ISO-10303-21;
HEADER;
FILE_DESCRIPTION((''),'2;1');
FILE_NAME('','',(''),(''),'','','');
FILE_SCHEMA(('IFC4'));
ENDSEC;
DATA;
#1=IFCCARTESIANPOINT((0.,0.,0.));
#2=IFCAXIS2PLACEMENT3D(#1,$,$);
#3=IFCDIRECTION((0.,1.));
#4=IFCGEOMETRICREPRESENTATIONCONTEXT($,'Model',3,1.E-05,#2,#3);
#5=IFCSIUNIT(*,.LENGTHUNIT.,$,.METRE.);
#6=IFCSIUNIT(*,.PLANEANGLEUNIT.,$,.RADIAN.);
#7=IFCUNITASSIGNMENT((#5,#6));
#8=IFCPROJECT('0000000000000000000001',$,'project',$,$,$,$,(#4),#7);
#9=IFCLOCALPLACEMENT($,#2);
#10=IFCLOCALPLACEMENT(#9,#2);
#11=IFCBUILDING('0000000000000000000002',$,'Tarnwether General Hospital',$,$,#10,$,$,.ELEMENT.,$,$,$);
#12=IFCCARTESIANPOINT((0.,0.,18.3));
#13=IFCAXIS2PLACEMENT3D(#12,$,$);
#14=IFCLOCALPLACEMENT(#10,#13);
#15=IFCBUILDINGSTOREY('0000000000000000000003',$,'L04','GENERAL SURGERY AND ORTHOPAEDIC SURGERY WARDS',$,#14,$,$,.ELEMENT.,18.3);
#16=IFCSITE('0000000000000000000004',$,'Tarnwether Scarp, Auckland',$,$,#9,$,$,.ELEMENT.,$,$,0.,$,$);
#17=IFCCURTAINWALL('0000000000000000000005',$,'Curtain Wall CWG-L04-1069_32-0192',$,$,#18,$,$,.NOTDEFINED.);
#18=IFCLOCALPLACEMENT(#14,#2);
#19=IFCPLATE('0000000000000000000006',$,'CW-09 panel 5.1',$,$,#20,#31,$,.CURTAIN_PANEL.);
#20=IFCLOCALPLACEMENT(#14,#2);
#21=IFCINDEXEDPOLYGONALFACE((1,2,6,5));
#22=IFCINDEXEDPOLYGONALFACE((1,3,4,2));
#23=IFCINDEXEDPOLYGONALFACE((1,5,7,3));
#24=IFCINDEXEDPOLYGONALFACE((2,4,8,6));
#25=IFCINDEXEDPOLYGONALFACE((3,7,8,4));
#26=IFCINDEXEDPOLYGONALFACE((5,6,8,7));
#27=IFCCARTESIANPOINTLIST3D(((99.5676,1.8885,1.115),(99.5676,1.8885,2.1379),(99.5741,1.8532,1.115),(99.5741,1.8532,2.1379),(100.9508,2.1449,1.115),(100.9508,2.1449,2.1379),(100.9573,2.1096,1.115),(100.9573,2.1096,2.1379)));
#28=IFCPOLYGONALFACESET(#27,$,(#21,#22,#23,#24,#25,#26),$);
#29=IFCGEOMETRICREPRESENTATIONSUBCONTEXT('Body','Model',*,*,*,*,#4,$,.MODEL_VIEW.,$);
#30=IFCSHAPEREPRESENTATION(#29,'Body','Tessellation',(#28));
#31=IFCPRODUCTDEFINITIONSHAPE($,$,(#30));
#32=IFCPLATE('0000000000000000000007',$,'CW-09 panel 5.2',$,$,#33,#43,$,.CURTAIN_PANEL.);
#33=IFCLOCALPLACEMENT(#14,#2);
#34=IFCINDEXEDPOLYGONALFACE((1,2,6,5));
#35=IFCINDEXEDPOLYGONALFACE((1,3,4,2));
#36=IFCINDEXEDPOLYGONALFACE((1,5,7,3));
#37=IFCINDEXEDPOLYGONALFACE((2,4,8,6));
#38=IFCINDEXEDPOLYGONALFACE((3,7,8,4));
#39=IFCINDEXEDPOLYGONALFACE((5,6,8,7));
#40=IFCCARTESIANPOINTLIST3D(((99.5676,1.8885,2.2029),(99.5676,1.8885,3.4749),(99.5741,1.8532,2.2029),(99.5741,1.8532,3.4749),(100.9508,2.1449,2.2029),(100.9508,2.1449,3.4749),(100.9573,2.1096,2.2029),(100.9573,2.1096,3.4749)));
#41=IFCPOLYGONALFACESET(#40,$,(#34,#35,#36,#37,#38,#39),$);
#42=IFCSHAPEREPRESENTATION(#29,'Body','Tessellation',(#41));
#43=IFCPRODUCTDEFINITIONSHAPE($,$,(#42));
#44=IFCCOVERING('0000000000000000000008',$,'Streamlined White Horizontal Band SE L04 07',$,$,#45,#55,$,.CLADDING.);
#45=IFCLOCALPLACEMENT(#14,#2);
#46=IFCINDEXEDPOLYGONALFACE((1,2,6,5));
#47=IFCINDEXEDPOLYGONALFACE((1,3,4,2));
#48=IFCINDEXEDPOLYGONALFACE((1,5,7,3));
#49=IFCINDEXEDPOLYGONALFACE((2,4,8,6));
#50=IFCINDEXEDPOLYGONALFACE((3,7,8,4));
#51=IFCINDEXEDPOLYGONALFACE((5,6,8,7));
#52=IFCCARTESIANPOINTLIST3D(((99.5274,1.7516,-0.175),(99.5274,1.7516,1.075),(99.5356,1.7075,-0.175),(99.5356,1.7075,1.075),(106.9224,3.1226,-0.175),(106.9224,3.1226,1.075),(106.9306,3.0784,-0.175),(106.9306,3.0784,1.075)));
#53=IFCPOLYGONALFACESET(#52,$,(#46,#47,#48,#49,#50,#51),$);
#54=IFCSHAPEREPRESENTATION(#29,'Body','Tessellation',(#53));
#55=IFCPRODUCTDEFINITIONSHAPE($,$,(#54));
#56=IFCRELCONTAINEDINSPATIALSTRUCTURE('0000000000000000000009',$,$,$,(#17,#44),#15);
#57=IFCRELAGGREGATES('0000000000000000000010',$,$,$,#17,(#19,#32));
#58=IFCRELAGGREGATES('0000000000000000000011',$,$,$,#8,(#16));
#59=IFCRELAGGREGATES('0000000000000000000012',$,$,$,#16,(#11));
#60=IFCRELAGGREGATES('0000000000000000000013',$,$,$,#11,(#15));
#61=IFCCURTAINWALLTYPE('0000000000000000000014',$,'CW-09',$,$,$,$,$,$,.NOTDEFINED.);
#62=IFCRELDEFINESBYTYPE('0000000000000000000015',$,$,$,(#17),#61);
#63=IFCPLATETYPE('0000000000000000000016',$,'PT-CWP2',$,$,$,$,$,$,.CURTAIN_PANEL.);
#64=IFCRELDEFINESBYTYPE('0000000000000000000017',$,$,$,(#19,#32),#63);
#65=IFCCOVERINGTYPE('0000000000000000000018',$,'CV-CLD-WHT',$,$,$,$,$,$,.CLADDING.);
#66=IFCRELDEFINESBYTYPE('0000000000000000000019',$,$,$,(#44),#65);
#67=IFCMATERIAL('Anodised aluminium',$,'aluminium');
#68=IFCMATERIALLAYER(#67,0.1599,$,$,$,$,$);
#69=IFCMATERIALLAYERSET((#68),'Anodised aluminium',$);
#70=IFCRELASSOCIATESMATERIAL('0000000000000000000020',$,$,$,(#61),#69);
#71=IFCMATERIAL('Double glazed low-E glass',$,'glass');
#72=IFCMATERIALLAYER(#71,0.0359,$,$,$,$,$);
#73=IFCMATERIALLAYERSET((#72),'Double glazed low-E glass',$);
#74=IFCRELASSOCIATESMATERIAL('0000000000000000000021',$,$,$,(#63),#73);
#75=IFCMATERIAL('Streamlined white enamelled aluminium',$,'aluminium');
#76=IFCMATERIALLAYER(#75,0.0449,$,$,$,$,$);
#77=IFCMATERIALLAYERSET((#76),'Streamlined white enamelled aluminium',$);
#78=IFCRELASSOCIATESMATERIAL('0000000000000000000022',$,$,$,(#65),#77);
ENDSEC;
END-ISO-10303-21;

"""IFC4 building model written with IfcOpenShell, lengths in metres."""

from ifc_helpers import new_model, si_unit, direction, frame, origin, origin_2d, place, context, subcontext, project, spatial, rectangle, extrude, material, layer, layer_set, type_object, element, aggregate, save


model = new_model("IFC4")

# Units and contexts
model_context = context("Model", 3, precision=1e-05, world=origin(), true_north=direction((0.0, 1.0)))
body_context = subcontext(model_context, "Body", "Model", "MODEL_VIEW")
ifc_project = project(units=[si_unit("LENGTHUNIT", "METRE"), si_unit("PLANEANGLEUNIT", "RADIAN")], contexts=[model_context])

# Site, building, storey
site_placement = place(None, origin())
site = spatial("IfcSite", under=ifc_project, at=site_placement, Name="Tarnwether Scarp, Auckland", CompositionType="ELEMENT", RefElevation=0.0)
building_placement = place(site_placement, origin())
building = spatial("IfcBuilding", under=site, at=building_placement, Name="Tarnwether General Hospital", CompositionType="ELEMENT")
storey_placement = place(building_placement, frame((0.0, 0.0, 18.3)))
storey = spatial("IfcBuildingStorey", under=building, at=storey_placement, Name="L04", Description="GENERAL SURGERY AND ORTHOPAEDIC SURGERY WARDS", CompositionType="ELEMENT", Elevation=18.3)

# Curtain wall, plates
ifc_material_1 = material(Name="Anodised aluminium", Category="aluminium")
ifc_layer_1 = layer(ifc_material_1, 0.1599)
ifc_layer_set_1 = layer_set([ifc_layer_1], Name="Anodised aluminium")
curtain_wall_type = type_object("IfcCurtainWallType", Name="CW-09", PredefinedType="NOTDEFINED", material=ifc_layer_set_1)
curtain_wall_placement = place(storey_placement, origin())
curtain_wall = element("IfcCurtainWall", 1, at=curtain_wall_placement, inside=storey, type_object=curtain_wall_type, Name="Curtain Wall CWG-L04-1069_32-0192", PredefinedType="NOTDEFINED")
ifc_material_2 = material(Name="Double glazed low-E glass", Category="glass")
ifc_layer_2 = layer(ifc_material_2, 0.0359)
ifc_layer_set_2 = layer_set([ifc_layer_2], Name="Double glazed low-E glass")
plate_type = type_object("IfcPlateType", Name="PT-CWP2", PredefinedType="CURTAIN_PANEL", material=ifc_layer_set_2)
plate_1_placement = place(storey_placement, frame((100.2625, 1.999, 1.115), z_axis=(0.0, 0.0, 1.0), x_axis=(-0.983245, -0.182289, 0.0)))
plate_1 = element("IfcPlate", 2, at=plate_1_placement, type_object=plate_type, Name="CW-09 panel 5.1", PredefinedType="CURTAIN_PANEL", context=body_context, shape_type="SweptSolid", body=[
    extrude(rectangle(XDim=1.4067, YDim=0.0359, at=origin_2d()), origin(), (0.0, 0.0, 1.0), 1.0229),
])
plate_2_placement = place(storey_placement, frame((100.2625, 1.999, 2.2029), z_axis=(0.0, 0.0, 1.0), x_axis=(-0.983245, -0.182289, 0.0)))
plate_2 = element("IfcPlate", 3, at=plate_2_placement, type_object=plate_type, Name="CW-09 panel 5.2", PredefinedType="CURTAIN_PANEL", context=body_context, shape_type="SweptSolid", body=[
    extrude(rectangle(XDim=1.4067, YDim=0.0359, at=origin_2d()), origin(), (0.0, 0.0, 1.0), 1.272),
])
aggregate(curtain_wall, [plate_1, plate_2])

# Covering
ifc_material_3 = material(Name="Streamlined white enamelled aluminium", Category="aluminium")
ifc_layer_3 = layer(ifc_material_3, 0.0449)
ifc_layer_set_3 = layer_set([ifc_layer_3], Name="Streamlined white enamelled aluminium")
covering_type = type_object("IfcCoveringType", Name="CV-CLD-WHT", PredefinedType="CLADDING", material=ifc_layer_set_3)
covering_placement = place(storey_placement, frame((103.229, 2.415, -0.175), z_axis=(0.0, 0.0, 1.0), x_axis=(-0.983245, -0.182287, 0.0)))
element("IfcCovering", 4, at=covering_placement, inside=storey, type_object=covering_type, Name="Streamlined White Horizontal Band SE L04 07", PredefinedType="CLADDING", context=body_context, shape_type="SweptSolid", body=[
    extrude(rectangle(XDim=7.521, YDim=0.0449, at=origin_2d()), origin(), (0.0, 0.0, 1.0), 1.25),
])

save(model, "model.ifc")
